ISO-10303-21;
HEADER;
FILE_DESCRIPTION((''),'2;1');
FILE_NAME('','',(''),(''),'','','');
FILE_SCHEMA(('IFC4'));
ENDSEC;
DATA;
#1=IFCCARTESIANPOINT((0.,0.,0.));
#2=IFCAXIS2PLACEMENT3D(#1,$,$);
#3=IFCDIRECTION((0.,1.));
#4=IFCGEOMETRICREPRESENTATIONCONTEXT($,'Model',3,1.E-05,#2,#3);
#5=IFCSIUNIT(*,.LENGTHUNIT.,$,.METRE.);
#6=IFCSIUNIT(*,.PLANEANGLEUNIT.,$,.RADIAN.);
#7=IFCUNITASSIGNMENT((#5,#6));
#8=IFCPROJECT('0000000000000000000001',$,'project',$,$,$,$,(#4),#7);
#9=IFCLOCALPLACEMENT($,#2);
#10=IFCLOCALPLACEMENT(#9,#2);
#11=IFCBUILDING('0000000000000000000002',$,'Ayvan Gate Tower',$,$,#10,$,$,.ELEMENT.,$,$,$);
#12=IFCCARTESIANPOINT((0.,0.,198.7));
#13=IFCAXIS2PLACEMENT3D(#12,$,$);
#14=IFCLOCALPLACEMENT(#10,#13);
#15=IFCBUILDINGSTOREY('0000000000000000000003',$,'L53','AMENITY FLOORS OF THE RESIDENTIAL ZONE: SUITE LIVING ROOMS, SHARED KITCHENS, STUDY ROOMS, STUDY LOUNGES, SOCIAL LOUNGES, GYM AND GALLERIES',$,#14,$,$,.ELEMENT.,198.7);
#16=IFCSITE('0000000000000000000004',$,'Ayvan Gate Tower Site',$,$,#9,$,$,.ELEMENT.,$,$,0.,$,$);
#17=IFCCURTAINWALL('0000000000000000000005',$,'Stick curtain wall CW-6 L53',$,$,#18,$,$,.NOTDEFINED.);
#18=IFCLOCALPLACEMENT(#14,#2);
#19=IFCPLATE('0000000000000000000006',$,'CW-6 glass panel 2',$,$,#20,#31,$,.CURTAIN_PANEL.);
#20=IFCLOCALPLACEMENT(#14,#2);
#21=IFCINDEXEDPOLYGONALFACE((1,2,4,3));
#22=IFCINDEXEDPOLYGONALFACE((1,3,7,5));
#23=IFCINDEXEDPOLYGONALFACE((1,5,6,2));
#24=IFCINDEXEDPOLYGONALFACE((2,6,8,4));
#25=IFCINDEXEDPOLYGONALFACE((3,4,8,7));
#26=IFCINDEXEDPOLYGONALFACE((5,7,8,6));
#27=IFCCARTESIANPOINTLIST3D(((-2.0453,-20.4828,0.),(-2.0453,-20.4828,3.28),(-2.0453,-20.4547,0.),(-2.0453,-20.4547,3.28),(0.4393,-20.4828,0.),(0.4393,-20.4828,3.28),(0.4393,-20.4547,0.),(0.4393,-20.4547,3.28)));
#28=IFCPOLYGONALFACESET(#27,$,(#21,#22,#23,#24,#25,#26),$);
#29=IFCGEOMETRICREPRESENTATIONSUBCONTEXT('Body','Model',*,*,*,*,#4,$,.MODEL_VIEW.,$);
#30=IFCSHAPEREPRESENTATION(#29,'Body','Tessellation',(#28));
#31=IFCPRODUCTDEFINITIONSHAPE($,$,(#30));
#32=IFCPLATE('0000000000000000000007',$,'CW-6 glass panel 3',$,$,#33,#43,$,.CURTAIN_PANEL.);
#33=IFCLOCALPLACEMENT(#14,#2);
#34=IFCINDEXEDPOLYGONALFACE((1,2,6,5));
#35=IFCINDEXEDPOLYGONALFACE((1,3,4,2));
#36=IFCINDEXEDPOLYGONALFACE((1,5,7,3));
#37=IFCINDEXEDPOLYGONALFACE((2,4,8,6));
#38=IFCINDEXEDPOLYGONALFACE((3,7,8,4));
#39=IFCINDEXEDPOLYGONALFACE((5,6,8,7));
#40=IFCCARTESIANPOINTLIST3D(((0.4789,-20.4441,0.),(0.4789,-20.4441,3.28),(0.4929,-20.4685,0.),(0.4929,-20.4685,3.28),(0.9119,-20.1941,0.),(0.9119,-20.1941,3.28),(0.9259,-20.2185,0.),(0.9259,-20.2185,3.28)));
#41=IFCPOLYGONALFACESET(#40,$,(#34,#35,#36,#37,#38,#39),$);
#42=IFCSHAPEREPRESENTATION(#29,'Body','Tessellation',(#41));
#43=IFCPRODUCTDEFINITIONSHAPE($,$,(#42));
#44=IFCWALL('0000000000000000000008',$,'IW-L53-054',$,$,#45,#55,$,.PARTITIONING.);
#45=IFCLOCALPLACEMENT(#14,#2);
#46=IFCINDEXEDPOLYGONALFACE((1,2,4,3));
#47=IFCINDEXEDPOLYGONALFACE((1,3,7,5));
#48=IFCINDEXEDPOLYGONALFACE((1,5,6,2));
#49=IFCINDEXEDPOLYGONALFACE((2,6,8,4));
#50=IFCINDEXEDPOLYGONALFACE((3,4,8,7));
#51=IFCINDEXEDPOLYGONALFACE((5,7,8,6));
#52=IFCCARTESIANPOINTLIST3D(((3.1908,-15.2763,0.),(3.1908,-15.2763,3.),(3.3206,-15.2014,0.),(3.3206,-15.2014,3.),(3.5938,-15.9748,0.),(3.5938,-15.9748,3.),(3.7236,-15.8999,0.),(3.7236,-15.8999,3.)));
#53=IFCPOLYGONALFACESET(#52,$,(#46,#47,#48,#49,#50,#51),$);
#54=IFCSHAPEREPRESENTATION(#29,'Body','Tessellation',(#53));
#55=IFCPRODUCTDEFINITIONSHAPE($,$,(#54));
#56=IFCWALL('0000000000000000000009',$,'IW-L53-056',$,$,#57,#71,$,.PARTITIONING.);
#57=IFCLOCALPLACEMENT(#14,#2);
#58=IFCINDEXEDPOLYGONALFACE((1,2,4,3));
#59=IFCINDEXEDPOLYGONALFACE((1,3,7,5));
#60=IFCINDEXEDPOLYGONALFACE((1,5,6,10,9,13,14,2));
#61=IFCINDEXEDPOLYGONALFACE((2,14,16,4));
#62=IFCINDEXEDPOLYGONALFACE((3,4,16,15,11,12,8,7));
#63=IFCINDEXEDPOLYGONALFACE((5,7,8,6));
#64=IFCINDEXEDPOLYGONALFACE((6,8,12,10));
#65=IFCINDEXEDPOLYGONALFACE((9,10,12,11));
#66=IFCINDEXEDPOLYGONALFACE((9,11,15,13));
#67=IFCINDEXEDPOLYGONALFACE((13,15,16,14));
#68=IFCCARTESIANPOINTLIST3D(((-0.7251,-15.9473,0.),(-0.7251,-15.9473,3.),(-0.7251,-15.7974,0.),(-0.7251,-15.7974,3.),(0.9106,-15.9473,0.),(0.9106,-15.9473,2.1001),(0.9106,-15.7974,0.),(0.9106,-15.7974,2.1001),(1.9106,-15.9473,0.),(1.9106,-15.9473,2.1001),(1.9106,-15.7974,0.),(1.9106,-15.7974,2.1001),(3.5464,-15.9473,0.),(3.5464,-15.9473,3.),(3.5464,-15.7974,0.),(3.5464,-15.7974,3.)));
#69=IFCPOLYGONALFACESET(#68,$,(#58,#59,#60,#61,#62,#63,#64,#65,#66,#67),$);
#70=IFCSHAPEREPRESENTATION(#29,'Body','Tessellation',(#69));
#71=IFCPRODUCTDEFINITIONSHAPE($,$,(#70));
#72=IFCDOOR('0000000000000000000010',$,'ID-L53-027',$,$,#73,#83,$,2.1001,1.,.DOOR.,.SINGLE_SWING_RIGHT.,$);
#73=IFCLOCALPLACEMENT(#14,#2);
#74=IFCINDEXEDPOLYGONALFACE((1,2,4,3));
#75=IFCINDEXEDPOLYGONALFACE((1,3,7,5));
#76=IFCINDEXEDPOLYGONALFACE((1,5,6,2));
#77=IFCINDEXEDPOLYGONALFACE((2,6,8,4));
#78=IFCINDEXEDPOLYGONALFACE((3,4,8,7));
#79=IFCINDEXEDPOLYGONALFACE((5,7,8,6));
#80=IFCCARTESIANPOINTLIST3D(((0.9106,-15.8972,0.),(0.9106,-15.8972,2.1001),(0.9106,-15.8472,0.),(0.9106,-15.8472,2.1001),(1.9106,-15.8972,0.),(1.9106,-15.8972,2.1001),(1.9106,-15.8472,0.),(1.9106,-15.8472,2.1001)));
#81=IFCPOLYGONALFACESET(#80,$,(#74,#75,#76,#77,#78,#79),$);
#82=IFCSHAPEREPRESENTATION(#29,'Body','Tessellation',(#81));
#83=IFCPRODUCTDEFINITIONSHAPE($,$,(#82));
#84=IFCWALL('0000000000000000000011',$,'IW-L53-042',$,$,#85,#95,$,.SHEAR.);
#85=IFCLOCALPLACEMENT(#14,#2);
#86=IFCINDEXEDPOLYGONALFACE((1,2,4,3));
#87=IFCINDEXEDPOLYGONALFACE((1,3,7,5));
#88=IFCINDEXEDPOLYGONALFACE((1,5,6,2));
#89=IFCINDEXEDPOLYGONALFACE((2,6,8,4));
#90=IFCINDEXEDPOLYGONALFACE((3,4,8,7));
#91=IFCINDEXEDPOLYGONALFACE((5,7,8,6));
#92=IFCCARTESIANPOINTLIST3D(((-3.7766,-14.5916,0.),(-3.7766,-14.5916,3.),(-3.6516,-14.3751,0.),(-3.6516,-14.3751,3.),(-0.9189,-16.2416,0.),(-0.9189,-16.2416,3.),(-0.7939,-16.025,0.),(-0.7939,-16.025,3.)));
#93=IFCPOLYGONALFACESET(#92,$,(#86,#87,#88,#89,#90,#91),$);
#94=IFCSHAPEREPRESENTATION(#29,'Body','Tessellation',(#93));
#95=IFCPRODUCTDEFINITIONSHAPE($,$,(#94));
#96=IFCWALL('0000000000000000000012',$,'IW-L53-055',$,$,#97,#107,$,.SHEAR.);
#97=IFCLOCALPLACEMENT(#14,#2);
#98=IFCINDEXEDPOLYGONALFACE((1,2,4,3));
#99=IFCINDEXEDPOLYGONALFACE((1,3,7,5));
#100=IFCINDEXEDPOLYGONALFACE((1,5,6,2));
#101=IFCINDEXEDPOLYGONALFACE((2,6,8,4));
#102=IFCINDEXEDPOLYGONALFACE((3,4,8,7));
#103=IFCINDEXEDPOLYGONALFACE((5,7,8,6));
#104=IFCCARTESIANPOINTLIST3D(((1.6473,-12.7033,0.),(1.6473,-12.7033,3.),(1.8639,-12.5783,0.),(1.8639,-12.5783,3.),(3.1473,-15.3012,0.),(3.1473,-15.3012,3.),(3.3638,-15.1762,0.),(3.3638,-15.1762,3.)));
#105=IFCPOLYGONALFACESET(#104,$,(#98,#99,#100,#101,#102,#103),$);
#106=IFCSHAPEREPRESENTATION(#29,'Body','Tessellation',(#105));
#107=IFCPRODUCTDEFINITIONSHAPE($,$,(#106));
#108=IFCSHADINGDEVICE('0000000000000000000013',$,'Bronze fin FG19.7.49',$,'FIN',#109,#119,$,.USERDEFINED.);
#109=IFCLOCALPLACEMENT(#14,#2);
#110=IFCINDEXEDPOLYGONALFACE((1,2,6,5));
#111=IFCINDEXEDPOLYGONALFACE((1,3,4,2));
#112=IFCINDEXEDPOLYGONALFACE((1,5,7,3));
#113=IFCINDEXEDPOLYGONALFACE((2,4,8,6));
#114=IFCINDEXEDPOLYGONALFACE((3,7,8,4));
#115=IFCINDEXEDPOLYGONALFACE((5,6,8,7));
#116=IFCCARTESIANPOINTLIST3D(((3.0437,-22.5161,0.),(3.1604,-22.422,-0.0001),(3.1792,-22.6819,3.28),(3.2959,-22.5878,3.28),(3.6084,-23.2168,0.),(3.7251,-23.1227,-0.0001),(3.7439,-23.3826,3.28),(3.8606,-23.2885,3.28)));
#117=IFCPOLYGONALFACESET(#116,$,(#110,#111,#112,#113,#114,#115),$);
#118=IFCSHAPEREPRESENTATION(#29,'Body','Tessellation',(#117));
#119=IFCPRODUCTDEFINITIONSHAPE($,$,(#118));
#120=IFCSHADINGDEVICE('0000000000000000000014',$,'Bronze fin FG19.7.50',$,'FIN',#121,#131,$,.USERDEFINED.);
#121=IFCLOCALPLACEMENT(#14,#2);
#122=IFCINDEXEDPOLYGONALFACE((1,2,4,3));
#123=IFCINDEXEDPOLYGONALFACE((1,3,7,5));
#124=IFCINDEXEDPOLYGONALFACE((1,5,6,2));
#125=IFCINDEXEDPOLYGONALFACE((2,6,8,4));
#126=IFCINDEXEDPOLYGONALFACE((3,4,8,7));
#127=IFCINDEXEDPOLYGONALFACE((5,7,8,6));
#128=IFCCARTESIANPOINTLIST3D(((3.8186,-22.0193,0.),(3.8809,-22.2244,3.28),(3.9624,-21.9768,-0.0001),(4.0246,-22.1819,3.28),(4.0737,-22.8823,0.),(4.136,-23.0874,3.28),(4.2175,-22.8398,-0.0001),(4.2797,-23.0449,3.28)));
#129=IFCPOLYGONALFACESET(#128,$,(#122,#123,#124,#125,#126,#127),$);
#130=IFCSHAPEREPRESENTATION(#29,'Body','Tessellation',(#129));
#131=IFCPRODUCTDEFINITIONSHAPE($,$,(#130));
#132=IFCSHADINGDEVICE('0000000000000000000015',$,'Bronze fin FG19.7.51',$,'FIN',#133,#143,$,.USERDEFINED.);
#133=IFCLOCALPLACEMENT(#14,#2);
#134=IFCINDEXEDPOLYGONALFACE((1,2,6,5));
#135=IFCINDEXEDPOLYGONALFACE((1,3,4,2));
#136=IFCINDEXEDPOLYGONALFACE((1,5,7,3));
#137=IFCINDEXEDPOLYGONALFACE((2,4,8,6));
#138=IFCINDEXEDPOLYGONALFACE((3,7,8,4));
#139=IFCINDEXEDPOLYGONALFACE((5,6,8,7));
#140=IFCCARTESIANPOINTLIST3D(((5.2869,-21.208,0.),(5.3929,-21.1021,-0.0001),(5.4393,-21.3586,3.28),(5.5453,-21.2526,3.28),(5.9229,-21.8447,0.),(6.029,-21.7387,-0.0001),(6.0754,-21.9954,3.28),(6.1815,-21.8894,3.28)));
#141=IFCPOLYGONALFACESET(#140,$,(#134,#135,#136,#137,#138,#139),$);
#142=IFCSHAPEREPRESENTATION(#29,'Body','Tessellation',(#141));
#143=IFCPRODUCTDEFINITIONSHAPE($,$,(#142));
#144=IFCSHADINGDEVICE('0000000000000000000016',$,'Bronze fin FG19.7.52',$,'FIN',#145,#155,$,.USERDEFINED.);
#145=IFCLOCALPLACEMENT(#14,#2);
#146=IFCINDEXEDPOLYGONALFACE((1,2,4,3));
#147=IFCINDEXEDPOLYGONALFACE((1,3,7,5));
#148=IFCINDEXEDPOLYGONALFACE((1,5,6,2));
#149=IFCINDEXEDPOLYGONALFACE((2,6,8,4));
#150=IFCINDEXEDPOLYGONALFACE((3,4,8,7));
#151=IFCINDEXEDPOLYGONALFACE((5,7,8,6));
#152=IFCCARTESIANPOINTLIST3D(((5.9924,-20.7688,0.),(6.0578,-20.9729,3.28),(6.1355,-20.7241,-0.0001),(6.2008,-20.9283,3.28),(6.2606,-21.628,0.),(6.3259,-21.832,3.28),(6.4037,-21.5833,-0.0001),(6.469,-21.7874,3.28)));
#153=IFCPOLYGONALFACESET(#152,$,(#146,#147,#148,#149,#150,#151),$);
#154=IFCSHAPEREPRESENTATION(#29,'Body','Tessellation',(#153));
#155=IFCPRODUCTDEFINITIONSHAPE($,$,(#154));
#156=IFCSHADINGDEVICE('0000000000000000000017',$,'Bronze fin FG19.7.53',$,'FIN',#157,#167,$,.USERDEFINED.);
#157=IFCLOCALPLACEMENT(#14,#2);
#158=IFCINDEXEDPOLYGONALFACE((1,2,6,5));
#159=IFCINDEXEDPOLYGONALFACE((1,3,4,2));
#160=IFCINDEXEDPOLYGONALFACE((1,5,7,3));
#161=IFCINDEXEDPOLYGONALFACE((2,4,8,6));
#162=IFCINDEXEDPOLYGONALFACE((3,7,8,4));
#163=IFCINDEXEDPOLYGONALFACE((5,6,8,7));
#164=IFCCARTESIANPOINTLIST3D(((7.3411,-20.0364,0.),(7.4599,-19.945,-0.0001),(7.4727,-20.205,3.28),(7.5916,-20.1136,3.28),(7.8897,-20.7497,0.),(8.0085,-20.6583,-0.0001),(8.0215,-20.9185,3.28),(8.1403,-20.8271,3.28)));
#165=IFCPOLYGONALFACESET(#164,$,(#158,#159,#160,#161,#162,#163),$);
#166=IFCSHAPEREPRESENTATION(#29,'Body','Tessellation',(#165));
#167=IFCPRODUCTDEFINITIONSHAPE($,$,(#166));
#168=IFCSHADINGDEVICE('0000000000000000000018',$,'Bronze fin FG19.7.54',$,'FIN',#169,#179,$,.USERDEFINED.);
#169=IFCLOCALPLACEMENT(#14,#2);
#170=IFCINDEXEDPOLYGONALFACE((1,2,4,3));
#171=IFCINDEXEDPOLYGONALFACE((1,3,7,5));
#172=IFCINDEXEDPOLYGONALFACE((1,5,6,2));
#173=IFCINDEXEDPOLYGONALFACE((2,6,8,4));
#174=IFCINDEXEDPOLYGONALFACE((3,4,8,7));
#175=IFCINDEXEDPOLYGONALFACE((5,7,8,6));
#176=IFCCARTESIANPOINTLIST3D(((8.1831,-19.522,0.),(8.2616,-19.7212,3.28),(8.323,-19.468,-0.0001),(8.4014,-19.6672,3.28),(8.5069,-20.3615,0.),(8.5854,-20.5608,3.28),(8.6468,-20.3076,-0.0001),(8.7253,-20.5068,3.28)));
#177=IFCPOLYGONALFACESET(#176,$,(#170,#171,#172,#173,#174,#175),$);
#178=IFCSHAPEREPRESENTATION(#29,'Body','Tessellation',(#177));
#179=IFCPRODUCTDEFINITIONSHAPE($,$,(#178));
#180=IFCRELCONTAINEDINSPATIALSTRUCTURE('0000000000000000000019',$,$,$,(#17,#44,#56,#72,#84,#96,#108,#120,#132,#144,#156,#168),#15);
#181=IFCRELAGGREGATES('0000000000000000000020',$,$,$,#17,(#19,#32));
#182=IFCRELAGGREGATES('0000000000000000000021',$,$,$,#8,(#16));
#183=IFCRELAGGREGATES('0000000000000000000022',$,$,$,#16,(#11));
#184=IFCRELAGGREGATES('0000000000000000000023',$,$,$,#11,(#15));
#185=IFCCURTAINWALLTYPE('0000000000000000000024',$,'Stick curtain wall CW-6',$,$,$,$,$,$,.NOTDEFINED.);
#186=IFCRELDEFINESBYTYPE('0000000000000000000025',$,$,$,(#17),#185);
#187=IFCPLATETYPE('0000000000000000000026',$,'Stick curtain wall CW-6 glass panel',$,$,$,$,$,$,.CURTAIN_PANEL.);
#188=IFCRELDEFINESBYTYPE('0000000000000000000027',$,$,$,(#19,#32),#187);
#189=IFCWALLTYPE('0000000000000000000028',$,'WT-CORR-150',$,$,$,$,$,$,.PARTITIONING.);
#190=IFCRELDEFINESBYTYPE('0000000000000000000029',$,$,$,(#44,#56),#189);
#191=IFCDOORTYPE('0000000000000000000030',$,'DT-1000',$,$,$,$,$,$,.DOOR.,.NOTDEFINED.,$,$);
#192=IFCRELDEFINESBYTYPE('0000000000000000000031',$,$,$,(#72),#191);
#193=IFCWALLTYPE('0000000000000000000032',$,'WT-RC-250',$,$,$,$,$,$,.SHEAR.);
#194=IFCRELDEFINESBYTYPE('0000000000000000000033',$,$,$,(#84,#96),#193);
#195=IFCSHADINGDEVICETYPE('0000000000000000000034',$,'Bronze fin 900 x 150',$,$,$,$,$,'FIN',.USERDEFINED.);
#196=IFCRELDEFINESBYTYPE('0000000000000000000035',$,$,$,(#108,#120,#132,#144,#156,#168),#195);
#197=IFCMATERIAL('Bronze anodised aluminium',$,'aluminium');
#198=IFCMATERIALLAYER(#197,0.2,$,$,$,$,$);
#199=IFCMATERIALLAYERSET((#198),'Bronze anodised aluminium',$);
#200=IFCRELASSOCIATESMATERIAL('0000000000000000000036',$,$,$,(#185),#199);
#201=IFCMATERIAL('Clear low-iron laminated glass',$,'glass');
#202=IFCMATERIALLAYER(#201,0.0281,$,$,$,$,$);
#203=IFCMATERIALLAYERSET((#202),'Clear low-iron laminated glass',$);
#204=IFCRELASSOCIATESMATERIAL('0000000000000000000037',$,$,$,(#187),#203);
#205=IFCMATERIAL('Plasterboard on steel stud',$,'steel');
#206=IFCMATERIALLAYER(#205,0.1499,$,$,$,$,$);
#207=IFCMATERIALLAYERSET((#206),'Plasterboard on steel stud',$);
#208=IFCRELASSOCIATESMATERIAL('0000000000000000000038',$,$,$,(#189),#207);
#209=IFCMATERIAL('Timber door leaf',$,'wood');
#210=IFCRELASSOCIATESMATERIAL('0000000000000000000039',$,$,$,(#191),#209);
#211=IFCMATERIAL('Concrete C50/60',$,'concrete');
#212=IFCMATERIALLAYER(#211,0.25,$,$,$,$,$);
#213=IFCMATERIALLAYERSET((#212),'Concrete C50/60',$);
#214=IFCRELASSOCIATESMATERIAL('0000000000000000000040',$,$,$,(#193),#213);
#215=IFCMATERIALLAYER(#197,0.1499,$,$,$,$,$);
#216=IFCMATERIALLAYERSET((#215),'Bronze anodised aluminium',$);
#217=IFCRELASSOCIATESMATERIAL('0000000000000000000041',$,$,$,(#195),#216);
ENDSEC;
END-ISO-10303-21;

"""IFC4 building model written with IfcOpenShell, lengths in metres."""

from ifc_helpers import new_model, si_unit, direction, frame, frame_2d, origin, origin_2d, place, context, subcontext, project, spatial, polyline, rectangle, outline, extrude, material, layer, layer_set, type_object, element, fill, aggregate, save


model = new_model("IFC4")

# Units and contexts
model_context = context("Model", 3, precision=1e-05, world=origin(), true_north=direction((0.0, 1.0)))
body_context = subcontext(model_context, "Body", "Model", "MODEL_VIEW")
ifc_project = project(units=[si_unit("LENGTHUNIT", "METRE"), si_unit("PLANEANGLEUNIT", "RADIAN")], contexts=[model_context])

# Site, building, storey
site_placement = place(None, origin())
site = spatial("IfcSite", under=ifc_project, at=site_placement, Name="Ayvan Gate Tower Site", CompositionType="ELEMENT", RefElevation=0.0)
building_placement = place(site_placement, origin())
building = spatial("IfcBuilding", under=site, at=building_placement, Name="Ayvan Gate Tower", CompositionType="ELEMENT")
storey_placement = place(building_placement, frame((0.0, 0.0, 198.7)))
storey = spatial("IfcBuildingStorey", under=building, at=storey_placement, Name="L53", Description="AMENITY FLOORS OF THE RESIDENTIAL ZONE: SUITE LIVING ROOMS, SHARED KITCHENS, STUDY ROOMS, STUDY LOUNGES, SOCIAL LOUNGES, GYM AND GALLERIES", CompositionType="ELEMENT", Elevation=198.7)

# Curtain wall
ifc_material_1 = material(Name="Bronze anodised aluminium", Category="aluminium")
ifc_layer_1 = layer(ifc_material_1, 0.2)
ifc_layer_set_1 = layer_set([ifc_layer_1], Name="Bronze anodised aluminium")
curtain_wall_type_1 = type_object("IfcCurtainWallType", Name="Stick curtain wall CW-6", PredefinedType="NOTDEFINED", material=ifc_layer_set_1)
curtain_wall_1_placement = place(storey_placement, origin())
curtain_wall_1 = element("IfcCurtainWall", 1, at=curtain_wall_1_placement, inside=storey, type_object=curtain_wall_type_1, Name="Stick curtain wall CW-6 L53", PredefinedType="NOTDEFINED")

# Plates
ifc_material_2 = material(Name="Clear low-iron laminated glass", Category="glass")
ifc_layer_2 = layer(ifc_material_2, 0.0281)
ifc_layer_set_2 = layer_set([ifc_layer_2], Name="Clear low-iron laminated glass")
plate_type_1 = type_object("IfcPlateType", Name="Stick curtain wall CW-6 glass panel", PredefinedType="CURTAIN_PANEL", material=ifc_layer_set_2)
plate_1_placement = place(storey_placement, frame((-0.803, -20.4688, 0.0), z_axis=(0.0, 0.0, 1.0), x_axis=(1.0, 0.0, 0.0)))
plate_1 = element("IfcPlate", 2, at=plate_1_placement, type_object=plate_type_1, Name="CW-6 glass panel 2", PredefinedType="CURTAIN_PANEL", context=body_context, shape_type="SweptSolid", body=[
    extrude(rectangle(XDim=2.4846, YDim=0.0281, at=origin_2d()), origin(), (0.0, 0.0, 1.0), 3.28),
])
plate_2_placement = place(storey_placement, frame((0.7024, -20.3313, 0.0), z_axis=(0.0, 0.0, 1.0), x_axis=(0.866025, 0.5, 0.0)))
plate_2 = element("IfcPlate", 3, at=plate_2_placement, type_object=plate_type_1, Name="CW-6 glass panel 3", PredefinedType="CURTAIN_PANEL", context=body_context, shape_type="SweptSolid", body=[
    extrude(rectangle(XDim=0.5, YDim=0.0281, at=origin_2d()), origin(), (0.0, 0.0, 1.0), 3.28),
])
aggregate(curtain_wall_1, [plate_1, plate_2])

# Wall
ifc_material_3 = material(Name="Plasterboard on steel stud", Category="steel")
ifc_layer_3 = layer(ifc_material_3, 0.1499)
ifc_layer_set_3 = layer_set([ifc_layer_3], Name="Plasterboard on steel stud")
wall_type_1 = type_object("IfcWallType", Name="WT-CORR-150", PredefinedType="PARTITIONING", material=ifc_layer_set_3)
wall_1_placement = place(storey_placement, frame((3.2556, -15.2388, 0.0), z_axis=(0.0, 0.0, 1.0), x_axis=(0.499819, -0.86613, 0.0)))
element("IfcWall", 4, at=wall_1_placement, inside=storey, type_object=wall_type_1, Name="IW-L53-054", PredefinedType="PARTITIONING", context=body_context, shape_type="SweptSolid", body=[
    extrude(rectangle(XDim=0.8064, YDim=0.1499, at=frame_2d((0.4033, 0.0))), origin(), (0.0, 0.0, 1.0), 3.0),
])

# Wall, opening, door
wall_2_placement = place(storey_placement, frame((3.5464, -15.8723, 0.0), z_axis=(0.0, 0.0, 1.0), x_axis=(-1.0, 0.0, 0.0)))
wall_2 = element("IfcWall", 5, at=wall_2_placement, inside=storey, type_object=wall_type_1, Name="IW-L53-056", PredefinedType="PARTITIONING", context=body_context, shape_type="SweptSolid", body=[
    extrude(rectangle(XDim=4.2715, YDim=0.1499, at=frame_2d((2.1357, 0.0))), origin(), (0.0, 0.0, 1.0), 3.0),
])
opening_placement = place(wall_2_placement, frame((1.6357, 0.0, 0.0)))
opening = element("IfcOpeningElement", 6, at=opening_placement, cuts=wall_2, PredefinedType="OPENING", context=body_context, shape_type="SweptSolid", body=[
    extrude(rectangle(XDim=1.0, YDim=2.1001, at=frame_2d((0.5, 1.05))), frame((0.0, 0.085, 0.0), z_axis=(0.0, -1.0, 0.0), x_axis=(1.0, 0.0, 0.0)), (0.0, 0.0, 1.0), 0.1699),
])
ifc_material_4 = material(Name="Timber door leaf", Category="wood")
door_type = type_object("IfcDoorType", Name="DT-1000", OperationType="NOTDEFINED", PredefinedType="DOOR", material=ifc_material_4)
door_placement = place(opening_placement, origin())
door = element("IfcDoor", 7, at=door_placement, inside=storey, type_object=door_type, Name="ID-L53-027", OperationType="SINGLE_SWING_RIGHT", OverallHeight=2.1001, OverallWidth=1.0, PredefinedType="DOOR", context=body_context, shape_type="SweptSolid", body=[
    extrude(rectangle(XDim=1.0, YDim=2.1001, at=frame_2d((0.5, 1.05))), frame((0.0, 0.0249, 0.0), z_axis=(0.0, -1.0, 0.0), x_axis=(1.0, 0.0, 0.0)), (0.0, 0.0, 1.0), 0.05),
])
fill(opening, door)

# Walls
ifc_material_5 = material(Name="Concrete C50/60", Category="concrete")
ifc_layer_4 = layer(ifc_material_5, 0.25)
ifc_layer_set_4 = layer_set([ifc_layer_4], Name="Concrete C50/60")
wall_type_2 = type_object("IfcWallType", Name="WT-RC-250", PredefinedType="SHEAR", material=ifc_layer_set_4)
wall_3_placement = place(storey_placement, frame((-0.8564, -16.1333, 0.0), z_axis=(0.0, 0.0, 1.0), x_axis=(-0.866022, 0.500006, 0.0)))
element("IfcWall", 8, at=wall_3_placement, inside=storey, type_object=wall_type_2, Name="IW-L53-042", PredefinedType="SHEAR", context=body_context, shape_type="SweptSolid", body=[
    extrude(rectangle(XDim=3.2998, YDim=0.25, at=frame_2d((1.6499, 0.0))), origin(), (0.0, 0.0, 1.0), 3.0),
])
wall_4_placement = place(storey_placement, frame((3.2556, -15.2388, 0.0), z_axis=(0.0, 0.0, 1.0), x_axis=(-0.500025, 0.866011, 0.0)))
element("IfcWall", 9, at=wall_4_placement, inside=storey, type_object=wall_type_2, Name="IW-L53-055", PredefinedType="SHEAR", context=body_context, shape_type="SweptSolid", body=[
    extrude(rectangle(XDim=2.9998, YDim=0.25, at=frame_2d((1.5, 0.0))), origin(), (0.0, 0.0, 1.0), 3.0),
])

# Shading devices
ifc_layer_5 = layer(ifc_material_1, 0.1499)
ifc_layer_set_5 = layer_set([ifc_layer_5], Name="Bronze anodised aluminium")
shading_device_type = type_object("IfcShadingDeviceType", Name="Bronze fin 900 x 150", ElementType="FIN", PredefinedType="USERDEFINED", material=ifc_layer_set_5)
shading_device_1_placement = place(storey_placement, frame((3.0437, -22.5161, 0.0), z_axis=(-0.778614, -0.627503, 0.000451), x_axis=(0.627503, -0.778614, 0.0)))
element("IfcShadingDevice", 10, at=shading_device_1_placement, inside=storey, type_object=shading_device_type, Name="Bronze fin FG19.7.49", ObjectType="FIN", PredefinedType="USERDEFINED", context=body_context, shape_type="SweptSolid", body=[
    extrude(outline(polyline([(0.0, 0.0), (0.8999, 0.0), (1.114, 3.28), (0.2141, 3.28), (0.0, 0.0)])), origin(), (0.0, 0.0, -1.0), 0.1499),
])
shading_device_2_placement = place(storey_placement, frame((3.8186, -22.0193, 0.0), z_axis=(-0.958976, -0.283488, 0.000477), x_axis=(0.283488, -0.958976, 0.0)))
element("IfcShadingDevice", 11, at=shading_device_2_placement, inside=storey, type_object=shading_device_type, Name="Bronze fin FG19.7.50", ObjectType="FIN", PredefinedType="USERDEFINED", context=body_context, shape_type="SweptSolid", body=[
    extrude(outline(polyline([(0.0, 0.0), (0.9, 0.0), (1.1143, 3.28), (0.2143, 3.28), (0.0, 0.0)])), origin(), (0.0, 0.0, -1.0), 0.1499),
])
shading_device_3_placement = place(storey_placement, frame((5.2869, -21.208, 0.0), z_axis=(-0.707446, -0.706768, 0.000426), x_axis=(0.706768, -0.707446, 0.0)))
element("IfcShadingDevice", 12, at=shading_device_3_placement, inside=storey, type_object=shading_device_type, Name="Bronze fin FG19.7.51", ObjectType="FIN", PredefinedType="USERDEFINED", context=body_context, shape_type="SweptSolid", body=[
    extrude(outline(polyline([(0.0, 0.0), (0.8999, 0.0), (1.1143, 3.28), (0.2142, 3.28), (0.0, 0.0)])), origin(), (0.0, 0.0, -1.0), 0.1499),
])
shading_device_4_placement = place(storey_placement, frame((5.9924, -20.7688, 0.0), z_axis=(-0.954572, -0.297981, 0.000464), x_axis=(0.297982, -0.954572, 0.0)))
element("IfcShadingDevice", 13, at=shading_device_4_placement, inside=storey, type_object=shading_device_type, Name="Bronze fin FG19.7.52", ObjectType="FIN", PredefinedType="USERDEFINED", context=body_context, shape_type="SweptSolid", body=[
    extrude(outline(polyline([(0.0, 0.0), (0.9001, 0.0), (1.1143, 3.28), (0.2143, 3.28), (0.0, 0.0)])), origin(), (0.0, 0.0, -1.0), 0.1499),
])
shading_device_5_placement = place(storey_placement, frame((7.3411, -20.0364, 0.0), z_axis=(-0.792649, -0.609678, 0.000472), x_axis=(0.609678, -0.792649, 0.0)))
element("IfcShadingDevice", 14, at=shading_device_5_placement, inside=storey, type_object=shading_device_type, Name="Bronze fin FG19.7.53", ObjectType="FIN", PredefinedType="USERDEFINED", context=body_context, shape_type="SweptSolid", body=[
    extrude(outline(polyline([(0.0, 0.0), (0.8999, 0.0), (1.114, 3.28), (0.2139, 3.28), (0.0, 0.0)])), origin(), (0.0, 0.0, -1.0), 0.1499),
])
shading_device_6_placement = place(storey_placement, frame((8.1831, -19.522, 0.0), z_axis=(-0.932999, -0.359879, 0.000469), x_axis=(0.359879, -0.932999, 0.0)))
element("IfcShadingDevice", 15, at=shading_device_6_placement, inside=storey, type_object=shading_device_type, Name="Bronze fin FG19.7.54", ObjectType="FIN", PredefinedType="USERDEFINED", context=body_context, shape_type="SweptSolid", body=[
    extrude(outline(polyline([(0.0, 0.0), (0.8998, 0.0), (1.114, 3.28), (0.2141, 3.28), (0.0, 0.0)])), origin(), (0.0, 0.0, -1.0), 0.1499),
])

save(model, "model.ifc")
